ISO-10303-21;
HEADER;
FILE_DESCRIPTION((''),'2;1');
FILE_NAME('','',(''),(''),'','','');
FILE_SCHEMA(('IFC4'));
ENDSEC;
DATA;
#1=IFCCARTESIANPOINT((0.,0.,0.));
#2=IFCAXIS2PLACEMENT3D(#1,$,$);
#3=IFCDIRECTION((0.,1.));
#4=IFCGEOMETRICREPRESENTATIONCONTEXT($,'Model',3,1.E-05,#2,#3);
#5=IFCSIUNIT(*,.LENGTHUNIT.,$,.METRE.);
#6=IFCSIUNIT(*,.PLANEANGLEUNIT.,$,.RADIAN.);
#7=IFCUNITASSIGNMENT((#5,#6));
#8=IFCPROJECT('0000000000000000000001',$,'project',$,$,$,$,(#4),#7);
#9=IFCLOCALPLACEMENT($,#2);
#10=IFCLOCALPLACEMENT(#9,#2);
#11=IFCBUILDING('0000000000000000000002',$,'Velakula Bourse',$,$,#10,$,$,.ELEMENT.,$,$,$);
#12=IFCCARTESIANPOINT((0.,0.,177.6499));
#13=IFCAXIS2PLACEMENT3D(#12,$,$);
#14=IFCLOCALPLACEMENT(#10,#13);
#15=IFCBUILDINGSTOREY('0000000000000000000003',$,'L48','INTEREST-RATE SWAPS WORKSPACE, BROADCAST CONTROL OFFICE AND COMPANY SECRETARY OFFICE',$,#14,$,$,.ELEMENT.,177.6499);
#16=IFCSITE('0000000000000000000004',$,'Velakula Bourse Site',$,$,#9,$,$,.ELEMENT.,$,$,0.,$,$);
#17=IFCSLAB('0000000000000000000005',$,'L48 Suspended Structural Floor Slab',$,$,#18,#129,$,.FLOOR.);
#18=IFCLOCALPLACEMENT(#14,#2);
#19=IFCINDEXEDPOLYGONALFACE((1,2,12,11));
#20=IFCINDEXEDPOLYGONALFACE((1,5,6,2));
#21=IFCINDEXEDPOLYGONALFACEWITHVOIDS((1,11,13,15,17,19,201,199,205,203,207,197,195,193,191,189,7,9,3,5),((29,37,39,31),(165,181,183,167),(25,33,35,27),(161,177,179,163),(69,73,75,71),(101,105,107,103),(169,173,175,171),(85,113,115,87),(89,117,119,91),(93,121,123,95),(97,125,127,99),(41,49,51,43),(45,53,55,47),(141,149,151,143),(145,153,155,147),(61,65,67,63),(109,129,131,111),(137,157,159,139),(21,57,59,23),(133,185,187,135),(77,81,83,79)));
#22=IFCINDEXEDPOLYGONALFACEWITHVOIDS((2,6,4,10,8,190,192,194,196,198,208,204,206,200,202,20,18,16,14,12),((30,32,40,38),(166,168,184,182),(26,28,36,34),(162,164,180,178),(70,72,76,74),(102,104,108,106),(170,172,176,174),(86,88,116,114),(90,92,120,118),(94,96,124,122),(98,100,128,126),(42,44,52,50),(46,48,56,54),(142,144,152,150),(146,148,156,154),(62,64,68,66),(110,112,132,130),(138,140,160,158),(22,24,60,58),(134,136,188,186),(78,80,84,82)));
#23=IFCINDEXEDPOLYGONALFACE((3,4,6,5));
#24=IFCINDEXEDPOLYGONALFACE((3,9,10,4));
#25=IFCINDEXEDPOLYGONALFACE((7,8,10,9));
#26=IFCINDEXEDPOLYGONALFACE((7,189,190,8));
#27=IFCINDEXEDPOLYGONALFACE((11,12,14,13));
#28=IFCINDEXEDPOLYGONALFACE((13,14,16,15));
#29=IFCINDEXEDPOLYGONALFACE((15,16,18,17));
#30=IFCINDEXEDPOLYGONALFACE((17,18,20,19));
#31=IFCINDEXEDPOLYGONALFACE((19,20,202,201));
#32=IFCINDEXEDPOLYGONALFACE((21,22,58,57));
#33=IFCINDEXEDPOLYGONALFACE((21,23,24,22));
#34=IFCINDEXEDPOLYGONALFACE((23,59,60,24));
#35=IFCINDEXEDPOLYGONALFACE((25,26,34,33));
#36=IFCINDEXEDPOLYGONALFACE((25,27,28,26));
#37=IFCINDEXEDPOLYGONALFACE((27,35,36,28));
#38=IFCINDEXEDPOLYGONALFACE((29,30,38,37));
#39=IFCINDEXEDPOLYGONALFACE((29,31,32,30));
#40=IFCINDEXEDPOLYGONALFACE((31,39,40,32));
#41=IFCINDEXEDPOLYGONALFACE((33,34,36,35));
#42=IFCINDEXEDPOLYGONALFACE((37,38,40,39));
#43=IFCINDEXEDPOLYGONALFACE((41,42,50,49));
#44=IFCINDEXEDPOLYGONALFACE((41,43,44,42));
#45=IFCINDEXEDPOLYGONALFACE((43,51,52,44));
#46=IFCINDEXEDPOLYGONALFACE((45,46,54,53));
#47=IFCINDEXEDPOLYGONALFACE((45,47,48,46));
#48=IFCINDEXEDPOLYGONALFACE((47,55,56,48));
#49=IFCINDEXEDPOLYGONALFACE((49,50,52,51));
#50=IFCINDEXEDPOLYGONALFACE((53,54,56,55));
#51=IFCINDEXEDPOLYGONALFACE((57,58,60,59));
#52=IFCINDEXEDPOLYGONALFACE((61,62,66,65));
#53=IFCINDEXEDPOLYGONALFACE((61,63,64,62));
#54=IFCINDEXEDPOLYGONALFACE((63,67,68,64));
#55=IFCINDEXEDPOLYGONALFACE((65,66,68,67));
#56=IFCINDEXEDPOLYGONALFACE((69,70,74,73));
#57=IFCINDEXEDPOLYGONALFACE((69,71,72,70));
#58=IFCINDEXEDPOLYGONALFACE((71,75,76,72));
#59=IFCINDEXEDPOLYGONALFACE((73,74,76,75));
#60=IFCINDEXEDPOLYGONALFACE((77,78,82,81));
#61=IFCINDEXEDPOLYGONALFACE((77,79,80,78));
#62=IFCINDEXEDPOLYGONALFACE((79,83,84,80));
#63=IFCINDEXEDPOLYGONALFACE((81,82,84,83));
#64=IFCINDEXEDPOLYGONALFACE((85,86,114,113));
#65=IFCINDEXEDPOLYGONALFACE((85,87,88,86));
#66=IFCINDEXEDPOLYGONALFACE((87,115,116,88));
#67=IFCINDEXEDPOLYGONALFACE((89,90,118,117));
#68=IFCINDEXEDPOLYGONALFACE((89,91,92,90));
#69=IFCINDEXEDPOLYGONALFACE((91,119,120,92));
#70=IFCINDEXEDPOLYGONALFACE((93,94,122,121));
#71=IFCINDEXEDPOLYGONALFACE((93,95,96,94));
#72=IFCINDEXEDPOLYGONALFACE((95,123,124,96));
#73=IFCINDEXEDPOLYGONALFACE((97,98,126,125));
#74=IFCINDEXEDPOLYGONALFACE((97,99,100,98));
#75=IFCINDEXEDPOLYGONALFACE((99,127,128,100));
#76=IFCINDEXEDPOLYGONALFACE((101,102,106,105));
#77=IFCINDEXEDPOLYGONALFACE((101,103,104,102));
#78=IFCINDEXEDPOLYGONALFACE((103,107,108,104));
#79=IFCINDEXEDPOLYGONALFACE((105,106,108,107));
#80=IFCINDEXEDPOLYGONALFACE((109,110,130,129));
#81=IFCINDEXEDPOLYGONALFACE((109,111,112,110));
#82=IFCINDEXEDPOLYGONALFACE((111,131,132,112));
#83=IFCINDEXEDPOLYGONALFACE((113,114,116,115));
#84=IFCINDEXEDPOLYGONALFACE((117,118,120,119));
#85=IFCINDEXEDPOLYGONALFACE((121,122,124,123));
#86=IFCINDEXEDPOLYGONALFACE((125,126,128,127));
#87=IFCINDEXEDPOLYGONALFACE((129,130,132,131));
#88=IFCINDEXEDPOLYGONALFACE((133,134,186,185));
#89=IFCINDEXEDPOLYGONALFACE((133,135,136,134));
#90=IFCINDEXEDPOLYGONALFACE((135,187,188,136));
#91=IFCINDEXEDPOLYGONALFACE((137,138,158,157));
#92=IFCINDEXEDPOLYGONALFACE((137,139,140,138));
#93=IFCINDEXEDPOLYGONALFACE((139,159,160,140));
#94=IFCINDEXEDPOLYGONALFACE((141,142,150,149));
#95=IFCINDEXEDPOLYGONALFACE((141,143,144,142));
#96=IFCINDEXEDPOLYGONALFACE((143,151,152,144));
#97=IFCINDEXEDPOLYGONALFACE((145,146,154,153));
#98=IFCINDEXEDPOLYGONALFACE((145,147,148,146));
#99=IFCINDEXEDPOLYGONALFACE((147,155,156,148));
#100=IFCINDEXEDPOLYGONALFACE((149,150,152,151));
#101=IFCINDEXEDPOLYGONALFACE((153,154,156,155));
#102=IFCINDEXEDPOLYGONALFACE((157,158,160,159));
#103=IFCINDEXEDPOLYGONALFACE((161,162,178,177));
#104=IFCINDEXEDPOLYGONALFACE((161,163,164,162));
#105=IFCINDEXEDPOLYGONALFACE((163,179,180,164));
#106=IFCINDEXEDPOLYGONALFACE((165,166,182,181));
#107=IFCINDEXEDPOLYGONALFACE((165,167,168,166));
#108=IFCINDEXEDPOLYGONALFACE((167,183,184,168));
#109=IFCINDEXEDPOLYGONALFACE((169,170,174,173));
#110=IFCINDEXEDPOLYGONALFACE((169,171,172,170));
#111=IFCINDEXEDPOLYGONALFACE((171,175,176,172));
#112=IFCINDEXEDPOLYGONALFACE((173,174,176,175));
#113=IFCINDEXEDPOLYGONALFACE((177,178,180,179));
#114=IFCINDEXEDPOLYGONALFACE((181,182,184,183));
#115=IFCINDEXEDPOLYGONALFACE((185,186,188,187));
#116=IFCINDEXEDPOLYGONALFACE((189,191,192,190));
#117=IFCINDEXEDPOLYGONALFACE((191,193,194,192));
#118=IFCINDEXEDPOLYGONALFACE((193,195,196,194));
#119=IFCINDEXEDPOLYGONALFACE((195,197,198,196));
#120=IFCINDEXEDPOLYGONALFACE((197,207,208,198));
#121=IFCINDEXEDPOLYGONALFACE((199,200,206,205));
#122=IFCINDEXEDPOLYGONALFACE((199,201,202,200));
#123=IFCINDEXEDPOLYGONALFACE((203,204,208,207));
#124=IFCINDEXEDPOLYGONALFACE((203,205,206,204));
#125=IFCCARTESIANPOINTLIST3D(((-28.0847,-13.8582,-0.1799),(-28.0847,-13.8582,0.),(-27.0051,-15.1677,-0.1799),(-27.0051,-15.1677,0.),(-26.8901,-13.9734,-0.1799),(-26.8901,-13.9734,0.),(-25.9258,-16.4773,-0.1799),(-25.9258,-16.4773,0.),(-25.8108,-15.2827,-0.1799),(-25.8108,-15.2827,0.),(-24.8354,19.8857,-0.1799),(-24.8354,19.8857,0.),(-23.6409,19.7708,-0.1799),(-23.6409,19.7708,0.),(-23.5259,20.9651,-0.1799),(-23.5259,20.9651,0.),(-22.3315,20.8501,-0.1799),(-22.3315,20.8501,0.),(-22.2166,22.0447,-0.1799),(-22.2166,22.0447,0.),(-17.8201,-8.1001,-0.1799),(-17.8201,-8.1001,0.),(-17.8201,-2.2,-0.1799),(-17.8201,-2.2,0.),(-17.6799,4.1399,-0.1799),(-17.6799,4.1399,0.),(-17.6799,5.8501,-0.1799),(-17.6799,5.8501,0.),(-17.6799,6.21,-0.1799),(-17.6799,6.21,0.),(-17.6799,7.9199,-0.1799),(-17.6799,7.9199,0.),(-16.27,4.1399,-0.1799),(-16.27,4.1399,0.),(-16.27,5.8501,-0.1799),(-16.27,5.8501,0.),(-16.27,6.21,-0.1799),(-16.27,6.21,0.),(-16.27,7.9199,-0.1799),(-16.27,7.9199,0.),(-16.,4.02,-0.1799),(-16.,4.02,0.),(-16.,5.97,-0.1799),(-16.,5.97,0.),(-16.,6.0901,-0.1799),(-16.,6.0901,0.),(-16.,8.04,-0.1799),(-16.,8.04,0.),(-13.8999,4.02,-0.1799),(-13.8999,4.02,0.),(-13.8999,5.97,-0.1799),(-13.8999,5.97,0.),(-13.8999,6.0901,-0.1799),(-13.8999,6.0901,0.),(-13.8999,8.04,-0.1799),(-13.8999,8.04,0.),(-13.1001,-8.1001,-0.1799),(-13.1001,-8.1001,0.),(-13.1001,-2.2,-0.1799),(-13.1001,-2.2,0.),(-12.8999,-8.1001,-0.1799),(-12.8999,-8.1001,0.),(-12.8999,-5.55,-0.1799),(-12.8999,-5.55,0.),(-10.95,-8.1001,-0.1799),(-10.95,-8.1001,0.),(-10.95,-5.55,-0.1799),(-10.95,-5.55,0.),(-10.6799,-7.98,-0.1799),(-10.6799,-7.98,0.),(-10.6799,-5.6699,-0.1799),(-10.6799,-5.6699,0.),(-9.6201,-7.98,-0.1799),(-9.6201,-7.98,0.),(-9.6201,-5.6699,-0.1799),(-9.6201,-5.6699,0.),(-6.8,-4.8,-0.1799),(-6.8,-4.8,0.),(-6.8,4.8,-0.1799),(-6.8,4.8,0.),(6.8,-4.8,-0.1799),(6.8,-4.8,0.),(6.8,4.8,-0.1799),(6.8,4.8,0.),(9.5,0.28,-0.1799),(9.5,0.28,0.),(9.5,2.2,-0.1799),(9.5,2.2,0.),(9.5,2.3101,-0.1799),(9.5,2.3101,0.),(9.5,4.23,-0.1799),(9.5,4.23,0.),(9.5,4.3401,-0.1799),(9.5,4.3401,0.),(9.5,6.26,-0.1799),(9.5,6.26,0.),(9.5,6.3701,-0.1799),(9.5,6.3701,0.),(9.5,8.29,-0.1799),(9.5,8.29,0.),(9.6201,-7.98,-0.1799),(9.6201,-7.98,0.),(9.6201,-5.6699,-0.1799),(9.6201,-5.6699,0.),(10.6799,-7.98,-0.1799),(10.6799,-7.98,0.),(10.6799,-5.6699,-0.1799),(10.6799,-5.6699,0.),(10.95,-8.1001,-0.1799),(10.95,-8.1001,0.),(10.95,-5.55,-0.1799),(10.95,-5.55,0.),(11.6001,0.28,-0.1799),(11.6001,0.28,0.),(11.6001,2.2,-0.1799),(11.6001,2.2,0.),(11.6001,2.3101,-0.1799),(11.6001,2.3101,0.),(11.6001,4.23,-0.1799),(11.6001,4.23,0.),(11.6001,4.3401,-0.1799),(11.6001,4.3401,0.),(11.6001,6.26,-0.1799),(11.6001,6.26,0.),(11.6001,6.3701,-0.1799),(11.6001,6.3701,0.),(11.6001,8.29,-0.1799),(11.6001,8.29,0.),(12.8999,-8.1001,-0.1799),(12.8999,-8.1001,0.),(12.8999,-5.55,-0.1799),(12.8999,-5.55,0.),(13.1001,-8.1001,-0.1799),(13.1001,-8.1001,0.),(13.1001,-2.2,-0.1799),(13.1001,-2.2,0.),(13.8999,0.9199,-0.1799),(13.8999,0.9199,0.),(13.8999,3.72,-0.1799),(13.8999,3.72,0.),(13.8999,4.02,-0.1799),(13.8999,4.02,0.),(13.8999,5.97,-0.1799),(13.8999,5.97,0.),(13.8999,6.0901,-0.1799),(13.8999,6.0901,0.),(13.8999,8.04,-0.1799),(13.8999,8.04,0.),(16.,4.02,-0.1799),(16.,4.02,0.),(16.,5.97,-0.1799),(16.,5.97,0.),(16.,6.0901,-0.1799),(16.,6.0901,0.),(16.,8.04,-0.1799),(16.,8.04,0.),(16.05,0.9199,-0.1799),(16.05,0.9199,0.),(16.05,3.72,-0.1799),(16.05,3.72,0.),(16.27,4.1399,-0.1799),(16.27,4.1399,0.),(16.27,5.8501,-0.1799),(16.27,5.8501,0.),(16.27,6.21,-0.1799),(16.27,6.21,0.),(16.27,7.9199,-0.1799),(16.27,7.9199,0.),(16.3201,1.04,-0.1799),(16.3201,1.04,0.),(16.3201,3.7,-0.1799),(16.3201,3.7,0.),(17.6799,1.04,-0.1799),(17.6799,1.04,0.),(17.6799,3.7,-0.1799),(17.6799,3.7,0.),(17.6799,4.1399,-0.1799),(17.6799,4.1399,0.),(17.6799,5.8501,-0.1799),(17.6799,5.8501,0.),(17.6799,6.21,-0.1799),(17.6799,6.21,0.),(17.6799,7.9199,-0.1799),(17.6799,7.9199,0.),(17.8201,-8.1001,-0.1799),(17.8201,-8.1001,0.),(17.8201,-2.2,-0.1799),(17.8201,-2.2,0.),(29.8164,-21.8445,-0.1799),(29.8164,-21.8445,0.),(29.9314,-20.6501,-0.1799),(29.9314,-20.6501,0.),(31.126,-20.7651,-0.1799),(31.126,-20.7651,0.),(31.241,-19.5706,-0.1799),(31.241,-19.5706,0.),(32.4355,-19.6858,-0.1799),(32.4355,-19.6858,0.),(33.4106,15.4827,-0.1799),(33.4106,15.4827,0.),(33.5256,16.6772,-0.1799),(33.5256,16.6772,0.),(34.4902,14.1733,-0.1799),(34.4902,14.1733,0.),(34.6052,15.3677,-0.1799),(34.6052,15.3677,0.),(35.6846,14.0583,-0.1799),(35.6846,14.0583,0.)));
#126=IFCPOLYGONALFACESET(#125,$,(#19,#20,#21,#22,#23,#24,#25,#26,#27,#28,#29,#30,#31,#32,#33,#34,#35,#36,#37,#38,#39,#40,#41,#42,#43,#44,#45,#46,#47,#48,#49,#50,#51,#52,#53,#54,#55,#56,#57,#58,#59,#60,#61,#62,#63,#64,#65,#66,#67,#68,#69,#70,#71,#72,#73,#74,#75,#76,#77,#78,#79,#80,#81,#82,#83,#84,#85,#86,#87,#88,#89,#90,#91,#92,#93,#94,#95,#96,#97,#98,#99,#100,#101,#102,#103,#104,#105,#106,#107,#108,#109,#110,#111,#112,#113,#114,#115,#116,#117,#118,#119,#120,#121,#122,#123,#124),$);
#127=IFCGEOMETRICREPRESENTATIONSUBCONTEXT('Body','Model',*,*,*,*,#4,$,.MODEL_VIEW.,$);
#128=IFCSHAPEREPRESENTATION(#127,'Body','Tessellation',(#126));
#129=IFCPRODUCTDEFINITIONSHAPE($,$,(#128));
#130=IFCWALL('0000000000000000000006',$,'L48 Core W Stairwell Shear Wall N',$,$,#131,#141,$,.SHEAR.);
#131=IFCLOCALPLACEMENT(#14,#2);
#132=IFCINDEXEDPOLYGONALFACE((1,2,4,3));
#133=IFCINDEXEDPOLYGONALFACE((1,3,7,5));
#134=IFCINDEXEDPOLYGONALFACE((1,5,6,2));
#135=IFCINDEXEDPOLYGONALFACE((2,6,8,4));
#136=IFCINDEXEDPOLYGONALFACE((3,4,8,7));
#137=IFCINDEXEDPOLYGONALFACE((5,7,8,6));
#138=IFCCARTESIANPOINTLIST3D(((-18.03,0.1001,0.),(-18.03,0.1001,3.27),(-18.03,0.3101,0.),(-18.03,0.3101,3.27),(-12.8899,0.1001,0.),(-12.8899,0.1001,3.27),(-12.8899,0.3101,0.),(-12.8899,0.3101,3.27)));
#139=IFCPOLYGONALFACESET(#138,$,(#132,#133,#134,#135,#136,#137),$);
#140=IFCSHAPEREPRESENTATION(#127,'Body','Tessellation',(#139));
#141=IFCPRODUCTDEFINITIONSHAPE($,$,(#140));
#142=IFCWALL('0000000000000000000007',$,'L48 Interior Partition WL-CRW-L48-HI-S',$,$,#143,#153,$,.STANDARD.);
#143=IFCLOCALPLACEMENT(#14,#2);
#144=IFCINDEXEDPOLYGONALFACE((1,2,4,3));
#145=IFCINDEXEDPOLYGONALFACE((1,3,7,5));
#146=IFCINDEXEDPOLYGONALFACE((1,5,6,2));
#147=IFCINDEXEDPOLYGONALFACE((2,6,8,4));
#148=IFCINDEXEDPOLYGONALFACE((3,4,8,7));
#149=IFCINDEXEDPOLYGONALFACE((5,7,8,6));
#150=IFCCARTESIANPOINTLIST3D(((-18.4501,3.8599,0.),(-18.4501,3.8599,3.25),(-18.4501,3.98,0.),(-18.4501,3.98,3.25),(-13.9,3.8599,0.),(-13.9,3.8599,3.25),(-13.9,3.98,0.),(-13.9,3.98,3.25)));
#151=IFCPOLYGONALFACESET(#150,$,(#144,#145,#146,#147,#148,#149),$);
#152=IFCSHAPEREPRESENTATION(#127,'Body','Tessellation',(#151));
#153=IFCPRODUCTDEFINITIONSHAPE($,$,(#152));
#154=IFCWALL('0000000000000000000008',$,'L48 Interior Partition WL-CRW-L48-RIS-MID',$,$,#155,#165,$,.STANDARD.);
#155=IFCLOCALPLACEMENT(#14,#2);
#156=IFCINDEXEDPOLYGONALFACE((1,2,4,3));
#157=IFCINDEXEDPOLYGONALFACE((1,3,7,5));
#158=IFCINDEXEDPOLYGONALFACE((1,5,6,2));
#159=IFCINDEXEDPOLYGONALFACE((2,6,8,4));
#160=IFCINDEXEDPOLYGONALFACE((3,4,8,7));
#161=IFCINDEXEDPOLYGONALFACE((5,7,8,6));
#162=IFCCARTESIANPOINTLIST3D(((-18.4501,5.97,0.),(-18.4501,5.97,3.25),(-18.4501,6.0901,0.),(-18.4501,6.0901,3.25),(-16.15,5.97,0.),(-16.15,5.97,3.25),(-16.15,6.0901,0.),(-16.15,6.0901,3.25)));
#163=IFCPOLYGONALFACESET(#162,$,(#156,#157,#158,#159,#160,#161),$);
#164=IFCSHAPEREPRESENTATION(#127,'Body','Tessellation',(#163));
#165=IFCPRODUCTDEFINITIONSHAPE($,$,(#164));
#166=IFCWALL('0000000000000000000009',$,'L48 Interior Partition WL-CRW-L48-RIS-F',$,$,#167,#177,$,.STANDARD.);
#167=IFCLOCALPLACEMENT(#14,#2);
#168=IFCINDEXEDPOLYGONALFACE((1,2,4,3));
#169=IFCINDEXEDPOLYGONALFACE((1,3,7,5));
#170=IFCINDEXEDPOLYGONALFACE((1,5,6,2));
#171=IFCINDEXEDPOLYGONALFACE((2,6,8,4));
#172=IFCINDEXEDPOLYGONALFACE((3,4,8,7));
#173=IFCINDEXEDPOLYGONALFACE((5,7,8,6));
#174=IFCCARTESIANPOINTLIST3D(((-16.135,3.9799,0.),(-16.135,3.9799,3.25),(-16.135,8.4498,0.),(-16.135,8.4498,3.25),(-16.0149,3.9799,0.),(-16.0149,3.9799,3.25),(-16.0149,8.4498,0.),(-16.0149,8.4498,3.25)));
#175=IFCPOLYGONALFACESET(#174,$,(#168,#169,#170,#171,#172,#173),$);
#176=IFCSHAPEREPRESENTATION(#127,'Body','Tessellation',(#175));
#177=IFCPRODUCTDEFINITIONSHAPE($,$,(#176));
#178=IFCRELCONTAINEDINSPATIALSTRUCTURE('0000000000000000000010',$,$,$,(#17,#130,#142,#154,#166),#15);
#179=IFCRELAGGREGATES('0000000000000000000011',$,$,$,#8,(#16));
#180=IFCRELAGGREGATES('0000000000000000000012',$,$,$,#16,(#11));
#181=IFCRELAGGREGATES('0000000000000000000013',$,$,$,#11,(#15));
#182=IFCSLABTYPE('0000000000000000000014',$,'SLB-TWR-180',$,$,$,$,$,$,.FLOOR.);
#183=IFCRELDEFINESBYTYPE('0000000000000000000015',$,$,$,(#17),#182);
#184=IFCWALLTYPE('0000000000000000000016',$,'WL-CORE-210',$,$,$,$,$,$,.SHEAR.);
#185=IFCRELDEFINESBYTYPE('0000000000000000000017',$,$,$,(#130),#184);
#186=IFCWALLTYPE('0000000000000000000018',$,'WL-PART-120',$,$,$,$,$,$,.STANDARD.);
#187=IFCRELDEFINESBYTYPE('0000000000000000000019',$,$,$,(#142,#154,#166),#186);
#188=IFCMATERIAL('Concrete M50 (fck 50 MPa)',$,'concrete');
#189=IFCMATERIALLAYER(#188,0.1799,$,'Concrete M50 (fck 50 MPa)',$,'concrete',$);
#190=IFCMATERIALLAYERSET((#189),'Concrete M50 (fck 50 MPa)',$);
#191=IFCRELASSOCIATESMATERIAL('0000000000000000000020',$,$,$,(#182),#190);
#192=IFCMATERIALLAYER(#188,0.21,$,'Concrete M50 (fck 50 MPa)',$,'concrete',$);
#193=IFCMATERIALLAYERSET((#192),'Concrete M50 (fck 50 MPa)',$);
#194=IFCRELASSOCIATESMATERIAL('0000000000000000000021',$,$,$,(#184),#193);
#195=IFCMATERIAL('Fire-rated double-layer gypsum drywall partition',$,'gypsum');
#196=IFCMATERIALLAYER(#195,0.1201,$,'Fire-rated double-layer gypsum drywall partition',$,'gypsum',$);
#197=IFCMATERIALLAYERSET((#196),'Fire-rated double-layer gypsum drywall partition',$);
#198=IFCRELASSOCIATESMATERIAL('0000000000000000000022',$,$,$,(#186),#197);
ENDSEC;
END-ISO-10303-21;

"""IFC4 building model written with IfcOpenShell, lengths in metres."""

from ifc_helpers import new_model, si_unit, direction, frame, frame_2d, origin, place, context, subcontext, project, spatial, polyline, rectangle, outline, extrude, material, layer, layer_set, type_object, element, save


model = new_model("IFC4")

# Units and contexts
model_context = context("Model", 3, precision=1e-05, world=origin(), true_north=direction((0.0, 1.0)))
body_context = subcontext(model_context, "Body", "Model", "MODEL_VIEW")
ifc_project = project(units=[si_unit("LENGTHUNIT", "METRE"), si_unit("PLANEANGLEUNIT", "RADIAN")], contexts=[model_context])

# Site, building, storey
site_placement = place(None, origin())
site = spatial("IfcSite", under=ifc_project, at=site_placement, Name="Velakula Bourse Site", CompositionType="ELEMENT", RefElevation=0.0)
building_placement = place(site_placement, origin())
building = spatial("IfcBuilding", under=site, at=building_placement, Name="Velakula Bourse", CompositionType="ELEMENT")
storey_placement = place(building_placement, frame((0.0, 0.0, 177.6499)))
storey = spatial("IfcBuildingStorey", under=building, at=storey_placement, Name="L48", Description="INTEREST-RATE SWAPS WORKSPACE, BROADCAST CONTROL OFFICE AND COMPANY SECRETARY OFFICE", CompositionType="ELEMENT", Elevation=177.6499)

# Slab
ifc_material_1 = material(Name="Concrete M50 (fck 50 MPa)", Category="concrete")
ifc_layer_1 = layer(ifc_material_1, 0.1799, Name="Concrete M50 (fck 50 MPa)", Category="concrete")
ifc_layer_set_1 = layer_set([ifc_layer_1], Name="Concrete M50 (fck 50 MPa)")
slab_type_1 = type_object("IfcSlabType", Name="SLB-TWR-180", PredefinedType="FLOOR", material=ifc_layer_set_1)
slab_1_placement = place(storey_placement, frame((0.0, 0.0, -0.1799)))
element("IfcSlab", 1, at=slab_1_placement, inside=storey, type_object=slab_type_1, Name="L48 Suspended Structural Floor Slab", PredefinedType="FLOOR", context=body_context, shape_type="SweptSolid", body=[
    extrude(outline(polyline([(-25.9258, -16.4773), (29.8164, -21.8445), (29.9314, -20.6501), (31.126, -20.7651), (31.241, -19.5706), (32.4355, -19.6858), (35.6846, 14.0583), (34.4902, 14.1733), (34.6052, 15.3677), (33.4106, 15.4827), (33.5256, 16.6772), (-22.2166, 22.0447), (-22.3315, 20.8501), (-23.5259, 20.9651), (-23.6409, 19.7708), (-24.8354, 19.8857), (-28.0847, -13.8582), (-26.8901, -13.9734), (-27.0051, -15.1677), (-25.8108, -15.2827), (-25.9258, -16.4773)]), holes=[polyline([(-17.8201, -8.1001), (-13.1001, -8.1001), (-13.1001, -2.2), (-17.8201, -2.2), (-17.8201, -8.1001)]), polyline([(13.1001, -8.1001), (17.8201, -8.1001), (17.8201, -2.2), (13.1001, -2.2), (13.1001, -8.1001)]), polyline([(-12.8999, -8.1001), (-10.95, -8.1001), (-10.95, -5.55), (-12.8999, -5.55), (-12.8999, -8.1001)]), polyline([(10.95, -8.1001), (12.8999, -8.1001), (12.8999, -5.55), (10.95, -5.55), (10.95, -8.1001)]), polyline([(13.8999, 0.9199), (16.05, 0.9199), (16.05, 3.72), (13.8999, 3.72), (13.8999, 0.9199)]), polyline([(-10.6799, -7.98), (-9.6201, -7.98), (-9.6201, -5.6699), (-10.6799, -5.6699), (-10.6799, -7.98)]), polyline([(-17.6799, 4.1399), (-16.27, 4.1399), (-16.27, 5.8501), (-17.6799, 5.8501), (-17.6799, 4.1399)]), polyline([(-17.6799, 6.21), (-16.27, 6.21), (-16.27, 7.9199), (-17.6799, 7.9199), (-17.6799, 6.21)]), polyline([(9.6201, -7.98), (10.6799, -7.98), (10.6799, -5.6699), (9.6201, -5.6699), (9.6201, -7.98)]), polyline([(16.27, 4.1399), (17.6799, 4.1399), (17.6799, 5.8501), (16.27, 5.8501), (16.27, 4.1399)]), polyline([(16.27, 6.21), (17.6799, 6.21), (17.6799, 7.9199), (16.27, 7.9199), (16.27, 6.21)]), polyline([(16.3201, 1.04), (17.6799, 1.04), (17.6799, 3.7), (16.3201, 3.7), (16.3201, 1.04)]), polyline([(9.5, 0.28), (11.6001, 0.28), (11.6001, 2.2), (9.5, 2.2), (9.5, 0.28)]), polyline([(9.5, 2.3101), (11.6001, 2.3101), (11.6001, 4.23), (9.5, 4.23), (9.5, 2.3101)]), polyline([(9.5, 4.3401), (11.6001, 4.3401), (11.6001, 6.26), (9.5, 6.26), (9.5, 4.3401)]), polyline([(9.5, 6.3701), (11.6001, 6.3701), (11.6001, 8.29), (9.5, 8.29), (9.5, 6.3701)]), polyline([(-16.0, 4.02), (-13.8999, 4.02), (-13.8999, 5.97), (-16.0, 5.97), (-16.0, 4.02)]), polyline([(-16.0, 6.0901), (-13.8999, 6.0901), (-13.8999, 8.04), (-16.0, 8.04), (-16.0, 6.0901)]), polyline([(13.8999, 4.02), (16.0, 4.02), (16.0, 5.97), (13.8999, 5.97), (13.8999, 4.02)]), polyline([(13.8999, 6.0901), (16.0, 6.0901), (16.0, 8.04), (13.8999, 8.04), (13.8999, 6.0901)]), polyline([(-6.8, -4.8), (6.8, -4.8), (6.8, 4.8), (-6.8, 4.8), (-6.8, -4.8)])]), origin(), (0.0, 0.0, 1.0), 0.1799),
])

# Walls
ifc_layer_2 = layer(ifc_material_1, 0.21, Name="Concrete M50 (fck 50 MPa)", Category="concrete")
ifc_layer_set_2 = layer_set([ifc_layer_2], Name="Concrete M50 (fck 50 MPa)")
wall_type_1 = type_object("IfcWallType", Name="WL-CORE-210", PredefinedType="SHEAR", material=ifc_layer_set_2)
wall_1_placement = place(storey_placement, frame((-12.8899, 0.2051, 0.0), z_axis=(0.0, 0.0, 1.0), x_axis=(-1.0, 0.0, 0.0)))
element("IfcWall", 2, at=wall_1_placement, inside=storey, type_object=wall_type_1, Name="L48 Core W Stairwell Shear Wall N", PredefinedType="SHEAR", context=body_context, shape_type="SweptSolid", body=[
    extrude(rectangle(XDim=5.1401, YDim=0.21, at=frame_2d((2.5701, 0.0))), origin(), (0.0, 0.0, 1.0), 3.27),
])
ifc_material_2 = material(Name="Fire-rated double-layer gypsum drywall partition", Category="gypsum")
ifc_layer_3 = layer(ifc_material_2, 0.1201, Name="Fire-rated double-layer gypsum drywall partition", Category="gypsum")
ifc_layer_set_3 = layer_set([ifc_layer_3], Name="Fire-rated double-layer gypsum drywall partition")
wall_type_2 = type_object("IfcWallType", Name="WL-PART-120", PredefinedType="STANDARD", material=ifc_layer_set_3)
wall_2_placement = place(storey_placement, frame((-18.45, 3.9199, 0.0), z_axis=(0.0, 0.0, 1.0), x_axis=(1.0, 0.0, 0.0)))
element("IfcWall", 3, at=wall_2_placement, inside=storey, type_object=wall_type_2, Name="L48 Interior Partition WL-CRW-L48-HI-S", PredefinedType="STANDARD", context=body_context, shape_type="SweptSolid", body=[
    extrude(rectangle(XDim=4.55, YDim=0.1201, at=frame_2d((2.2749, 0.0))), origin(), (0.0, 0.0, 1.0), 3.25),
])
wall_3_placement = place(storey_placement, frame((-18.45, 6.03, 0.0), z_axis=(0.0, 0.0, 1.0), x_axis=(1.0, 0.0, 0.0)))
element("IfcWall", 4, at=wall_3_placement, inside=storey, type_object=wall_type_2, Name="L48 Interior Partition WL-CRW-L48-RIS-MID", PredefinedType="STANDARD", context=body_context, shape_type="SweptSolid", body=[
    extrude(rectangle(XDim=2.3, YDim=0.1201, at=frame_2d((1.1499, 0.0))), origin(), (0.0, 0.0, 1.0), 3.25),
])
wall_4_placement = place(storey_placement, frame((-16.075, 3.98, 0.0), z_axis=(0.0, 0.0, 1.0), x_axis=(0.0, 1.0, 0.0)))
element("IfcWall", 5, at=wall_4_placement, inside=storey, type_object=wall_type_2, Name="L48 Interior Partition WL-CRW-L48-RIS-F", PredefinedType="STANDARD", context=body_context, shape_type="SweptSolid", body=[
    extrude(rectangle(XDim=4.47, YDim=0.1201, at=frame_2d((2.2349, 0.0))), origin(), (0.0, 0.0, 1.0), 3.25),
])

save(model, "model.ifc")
